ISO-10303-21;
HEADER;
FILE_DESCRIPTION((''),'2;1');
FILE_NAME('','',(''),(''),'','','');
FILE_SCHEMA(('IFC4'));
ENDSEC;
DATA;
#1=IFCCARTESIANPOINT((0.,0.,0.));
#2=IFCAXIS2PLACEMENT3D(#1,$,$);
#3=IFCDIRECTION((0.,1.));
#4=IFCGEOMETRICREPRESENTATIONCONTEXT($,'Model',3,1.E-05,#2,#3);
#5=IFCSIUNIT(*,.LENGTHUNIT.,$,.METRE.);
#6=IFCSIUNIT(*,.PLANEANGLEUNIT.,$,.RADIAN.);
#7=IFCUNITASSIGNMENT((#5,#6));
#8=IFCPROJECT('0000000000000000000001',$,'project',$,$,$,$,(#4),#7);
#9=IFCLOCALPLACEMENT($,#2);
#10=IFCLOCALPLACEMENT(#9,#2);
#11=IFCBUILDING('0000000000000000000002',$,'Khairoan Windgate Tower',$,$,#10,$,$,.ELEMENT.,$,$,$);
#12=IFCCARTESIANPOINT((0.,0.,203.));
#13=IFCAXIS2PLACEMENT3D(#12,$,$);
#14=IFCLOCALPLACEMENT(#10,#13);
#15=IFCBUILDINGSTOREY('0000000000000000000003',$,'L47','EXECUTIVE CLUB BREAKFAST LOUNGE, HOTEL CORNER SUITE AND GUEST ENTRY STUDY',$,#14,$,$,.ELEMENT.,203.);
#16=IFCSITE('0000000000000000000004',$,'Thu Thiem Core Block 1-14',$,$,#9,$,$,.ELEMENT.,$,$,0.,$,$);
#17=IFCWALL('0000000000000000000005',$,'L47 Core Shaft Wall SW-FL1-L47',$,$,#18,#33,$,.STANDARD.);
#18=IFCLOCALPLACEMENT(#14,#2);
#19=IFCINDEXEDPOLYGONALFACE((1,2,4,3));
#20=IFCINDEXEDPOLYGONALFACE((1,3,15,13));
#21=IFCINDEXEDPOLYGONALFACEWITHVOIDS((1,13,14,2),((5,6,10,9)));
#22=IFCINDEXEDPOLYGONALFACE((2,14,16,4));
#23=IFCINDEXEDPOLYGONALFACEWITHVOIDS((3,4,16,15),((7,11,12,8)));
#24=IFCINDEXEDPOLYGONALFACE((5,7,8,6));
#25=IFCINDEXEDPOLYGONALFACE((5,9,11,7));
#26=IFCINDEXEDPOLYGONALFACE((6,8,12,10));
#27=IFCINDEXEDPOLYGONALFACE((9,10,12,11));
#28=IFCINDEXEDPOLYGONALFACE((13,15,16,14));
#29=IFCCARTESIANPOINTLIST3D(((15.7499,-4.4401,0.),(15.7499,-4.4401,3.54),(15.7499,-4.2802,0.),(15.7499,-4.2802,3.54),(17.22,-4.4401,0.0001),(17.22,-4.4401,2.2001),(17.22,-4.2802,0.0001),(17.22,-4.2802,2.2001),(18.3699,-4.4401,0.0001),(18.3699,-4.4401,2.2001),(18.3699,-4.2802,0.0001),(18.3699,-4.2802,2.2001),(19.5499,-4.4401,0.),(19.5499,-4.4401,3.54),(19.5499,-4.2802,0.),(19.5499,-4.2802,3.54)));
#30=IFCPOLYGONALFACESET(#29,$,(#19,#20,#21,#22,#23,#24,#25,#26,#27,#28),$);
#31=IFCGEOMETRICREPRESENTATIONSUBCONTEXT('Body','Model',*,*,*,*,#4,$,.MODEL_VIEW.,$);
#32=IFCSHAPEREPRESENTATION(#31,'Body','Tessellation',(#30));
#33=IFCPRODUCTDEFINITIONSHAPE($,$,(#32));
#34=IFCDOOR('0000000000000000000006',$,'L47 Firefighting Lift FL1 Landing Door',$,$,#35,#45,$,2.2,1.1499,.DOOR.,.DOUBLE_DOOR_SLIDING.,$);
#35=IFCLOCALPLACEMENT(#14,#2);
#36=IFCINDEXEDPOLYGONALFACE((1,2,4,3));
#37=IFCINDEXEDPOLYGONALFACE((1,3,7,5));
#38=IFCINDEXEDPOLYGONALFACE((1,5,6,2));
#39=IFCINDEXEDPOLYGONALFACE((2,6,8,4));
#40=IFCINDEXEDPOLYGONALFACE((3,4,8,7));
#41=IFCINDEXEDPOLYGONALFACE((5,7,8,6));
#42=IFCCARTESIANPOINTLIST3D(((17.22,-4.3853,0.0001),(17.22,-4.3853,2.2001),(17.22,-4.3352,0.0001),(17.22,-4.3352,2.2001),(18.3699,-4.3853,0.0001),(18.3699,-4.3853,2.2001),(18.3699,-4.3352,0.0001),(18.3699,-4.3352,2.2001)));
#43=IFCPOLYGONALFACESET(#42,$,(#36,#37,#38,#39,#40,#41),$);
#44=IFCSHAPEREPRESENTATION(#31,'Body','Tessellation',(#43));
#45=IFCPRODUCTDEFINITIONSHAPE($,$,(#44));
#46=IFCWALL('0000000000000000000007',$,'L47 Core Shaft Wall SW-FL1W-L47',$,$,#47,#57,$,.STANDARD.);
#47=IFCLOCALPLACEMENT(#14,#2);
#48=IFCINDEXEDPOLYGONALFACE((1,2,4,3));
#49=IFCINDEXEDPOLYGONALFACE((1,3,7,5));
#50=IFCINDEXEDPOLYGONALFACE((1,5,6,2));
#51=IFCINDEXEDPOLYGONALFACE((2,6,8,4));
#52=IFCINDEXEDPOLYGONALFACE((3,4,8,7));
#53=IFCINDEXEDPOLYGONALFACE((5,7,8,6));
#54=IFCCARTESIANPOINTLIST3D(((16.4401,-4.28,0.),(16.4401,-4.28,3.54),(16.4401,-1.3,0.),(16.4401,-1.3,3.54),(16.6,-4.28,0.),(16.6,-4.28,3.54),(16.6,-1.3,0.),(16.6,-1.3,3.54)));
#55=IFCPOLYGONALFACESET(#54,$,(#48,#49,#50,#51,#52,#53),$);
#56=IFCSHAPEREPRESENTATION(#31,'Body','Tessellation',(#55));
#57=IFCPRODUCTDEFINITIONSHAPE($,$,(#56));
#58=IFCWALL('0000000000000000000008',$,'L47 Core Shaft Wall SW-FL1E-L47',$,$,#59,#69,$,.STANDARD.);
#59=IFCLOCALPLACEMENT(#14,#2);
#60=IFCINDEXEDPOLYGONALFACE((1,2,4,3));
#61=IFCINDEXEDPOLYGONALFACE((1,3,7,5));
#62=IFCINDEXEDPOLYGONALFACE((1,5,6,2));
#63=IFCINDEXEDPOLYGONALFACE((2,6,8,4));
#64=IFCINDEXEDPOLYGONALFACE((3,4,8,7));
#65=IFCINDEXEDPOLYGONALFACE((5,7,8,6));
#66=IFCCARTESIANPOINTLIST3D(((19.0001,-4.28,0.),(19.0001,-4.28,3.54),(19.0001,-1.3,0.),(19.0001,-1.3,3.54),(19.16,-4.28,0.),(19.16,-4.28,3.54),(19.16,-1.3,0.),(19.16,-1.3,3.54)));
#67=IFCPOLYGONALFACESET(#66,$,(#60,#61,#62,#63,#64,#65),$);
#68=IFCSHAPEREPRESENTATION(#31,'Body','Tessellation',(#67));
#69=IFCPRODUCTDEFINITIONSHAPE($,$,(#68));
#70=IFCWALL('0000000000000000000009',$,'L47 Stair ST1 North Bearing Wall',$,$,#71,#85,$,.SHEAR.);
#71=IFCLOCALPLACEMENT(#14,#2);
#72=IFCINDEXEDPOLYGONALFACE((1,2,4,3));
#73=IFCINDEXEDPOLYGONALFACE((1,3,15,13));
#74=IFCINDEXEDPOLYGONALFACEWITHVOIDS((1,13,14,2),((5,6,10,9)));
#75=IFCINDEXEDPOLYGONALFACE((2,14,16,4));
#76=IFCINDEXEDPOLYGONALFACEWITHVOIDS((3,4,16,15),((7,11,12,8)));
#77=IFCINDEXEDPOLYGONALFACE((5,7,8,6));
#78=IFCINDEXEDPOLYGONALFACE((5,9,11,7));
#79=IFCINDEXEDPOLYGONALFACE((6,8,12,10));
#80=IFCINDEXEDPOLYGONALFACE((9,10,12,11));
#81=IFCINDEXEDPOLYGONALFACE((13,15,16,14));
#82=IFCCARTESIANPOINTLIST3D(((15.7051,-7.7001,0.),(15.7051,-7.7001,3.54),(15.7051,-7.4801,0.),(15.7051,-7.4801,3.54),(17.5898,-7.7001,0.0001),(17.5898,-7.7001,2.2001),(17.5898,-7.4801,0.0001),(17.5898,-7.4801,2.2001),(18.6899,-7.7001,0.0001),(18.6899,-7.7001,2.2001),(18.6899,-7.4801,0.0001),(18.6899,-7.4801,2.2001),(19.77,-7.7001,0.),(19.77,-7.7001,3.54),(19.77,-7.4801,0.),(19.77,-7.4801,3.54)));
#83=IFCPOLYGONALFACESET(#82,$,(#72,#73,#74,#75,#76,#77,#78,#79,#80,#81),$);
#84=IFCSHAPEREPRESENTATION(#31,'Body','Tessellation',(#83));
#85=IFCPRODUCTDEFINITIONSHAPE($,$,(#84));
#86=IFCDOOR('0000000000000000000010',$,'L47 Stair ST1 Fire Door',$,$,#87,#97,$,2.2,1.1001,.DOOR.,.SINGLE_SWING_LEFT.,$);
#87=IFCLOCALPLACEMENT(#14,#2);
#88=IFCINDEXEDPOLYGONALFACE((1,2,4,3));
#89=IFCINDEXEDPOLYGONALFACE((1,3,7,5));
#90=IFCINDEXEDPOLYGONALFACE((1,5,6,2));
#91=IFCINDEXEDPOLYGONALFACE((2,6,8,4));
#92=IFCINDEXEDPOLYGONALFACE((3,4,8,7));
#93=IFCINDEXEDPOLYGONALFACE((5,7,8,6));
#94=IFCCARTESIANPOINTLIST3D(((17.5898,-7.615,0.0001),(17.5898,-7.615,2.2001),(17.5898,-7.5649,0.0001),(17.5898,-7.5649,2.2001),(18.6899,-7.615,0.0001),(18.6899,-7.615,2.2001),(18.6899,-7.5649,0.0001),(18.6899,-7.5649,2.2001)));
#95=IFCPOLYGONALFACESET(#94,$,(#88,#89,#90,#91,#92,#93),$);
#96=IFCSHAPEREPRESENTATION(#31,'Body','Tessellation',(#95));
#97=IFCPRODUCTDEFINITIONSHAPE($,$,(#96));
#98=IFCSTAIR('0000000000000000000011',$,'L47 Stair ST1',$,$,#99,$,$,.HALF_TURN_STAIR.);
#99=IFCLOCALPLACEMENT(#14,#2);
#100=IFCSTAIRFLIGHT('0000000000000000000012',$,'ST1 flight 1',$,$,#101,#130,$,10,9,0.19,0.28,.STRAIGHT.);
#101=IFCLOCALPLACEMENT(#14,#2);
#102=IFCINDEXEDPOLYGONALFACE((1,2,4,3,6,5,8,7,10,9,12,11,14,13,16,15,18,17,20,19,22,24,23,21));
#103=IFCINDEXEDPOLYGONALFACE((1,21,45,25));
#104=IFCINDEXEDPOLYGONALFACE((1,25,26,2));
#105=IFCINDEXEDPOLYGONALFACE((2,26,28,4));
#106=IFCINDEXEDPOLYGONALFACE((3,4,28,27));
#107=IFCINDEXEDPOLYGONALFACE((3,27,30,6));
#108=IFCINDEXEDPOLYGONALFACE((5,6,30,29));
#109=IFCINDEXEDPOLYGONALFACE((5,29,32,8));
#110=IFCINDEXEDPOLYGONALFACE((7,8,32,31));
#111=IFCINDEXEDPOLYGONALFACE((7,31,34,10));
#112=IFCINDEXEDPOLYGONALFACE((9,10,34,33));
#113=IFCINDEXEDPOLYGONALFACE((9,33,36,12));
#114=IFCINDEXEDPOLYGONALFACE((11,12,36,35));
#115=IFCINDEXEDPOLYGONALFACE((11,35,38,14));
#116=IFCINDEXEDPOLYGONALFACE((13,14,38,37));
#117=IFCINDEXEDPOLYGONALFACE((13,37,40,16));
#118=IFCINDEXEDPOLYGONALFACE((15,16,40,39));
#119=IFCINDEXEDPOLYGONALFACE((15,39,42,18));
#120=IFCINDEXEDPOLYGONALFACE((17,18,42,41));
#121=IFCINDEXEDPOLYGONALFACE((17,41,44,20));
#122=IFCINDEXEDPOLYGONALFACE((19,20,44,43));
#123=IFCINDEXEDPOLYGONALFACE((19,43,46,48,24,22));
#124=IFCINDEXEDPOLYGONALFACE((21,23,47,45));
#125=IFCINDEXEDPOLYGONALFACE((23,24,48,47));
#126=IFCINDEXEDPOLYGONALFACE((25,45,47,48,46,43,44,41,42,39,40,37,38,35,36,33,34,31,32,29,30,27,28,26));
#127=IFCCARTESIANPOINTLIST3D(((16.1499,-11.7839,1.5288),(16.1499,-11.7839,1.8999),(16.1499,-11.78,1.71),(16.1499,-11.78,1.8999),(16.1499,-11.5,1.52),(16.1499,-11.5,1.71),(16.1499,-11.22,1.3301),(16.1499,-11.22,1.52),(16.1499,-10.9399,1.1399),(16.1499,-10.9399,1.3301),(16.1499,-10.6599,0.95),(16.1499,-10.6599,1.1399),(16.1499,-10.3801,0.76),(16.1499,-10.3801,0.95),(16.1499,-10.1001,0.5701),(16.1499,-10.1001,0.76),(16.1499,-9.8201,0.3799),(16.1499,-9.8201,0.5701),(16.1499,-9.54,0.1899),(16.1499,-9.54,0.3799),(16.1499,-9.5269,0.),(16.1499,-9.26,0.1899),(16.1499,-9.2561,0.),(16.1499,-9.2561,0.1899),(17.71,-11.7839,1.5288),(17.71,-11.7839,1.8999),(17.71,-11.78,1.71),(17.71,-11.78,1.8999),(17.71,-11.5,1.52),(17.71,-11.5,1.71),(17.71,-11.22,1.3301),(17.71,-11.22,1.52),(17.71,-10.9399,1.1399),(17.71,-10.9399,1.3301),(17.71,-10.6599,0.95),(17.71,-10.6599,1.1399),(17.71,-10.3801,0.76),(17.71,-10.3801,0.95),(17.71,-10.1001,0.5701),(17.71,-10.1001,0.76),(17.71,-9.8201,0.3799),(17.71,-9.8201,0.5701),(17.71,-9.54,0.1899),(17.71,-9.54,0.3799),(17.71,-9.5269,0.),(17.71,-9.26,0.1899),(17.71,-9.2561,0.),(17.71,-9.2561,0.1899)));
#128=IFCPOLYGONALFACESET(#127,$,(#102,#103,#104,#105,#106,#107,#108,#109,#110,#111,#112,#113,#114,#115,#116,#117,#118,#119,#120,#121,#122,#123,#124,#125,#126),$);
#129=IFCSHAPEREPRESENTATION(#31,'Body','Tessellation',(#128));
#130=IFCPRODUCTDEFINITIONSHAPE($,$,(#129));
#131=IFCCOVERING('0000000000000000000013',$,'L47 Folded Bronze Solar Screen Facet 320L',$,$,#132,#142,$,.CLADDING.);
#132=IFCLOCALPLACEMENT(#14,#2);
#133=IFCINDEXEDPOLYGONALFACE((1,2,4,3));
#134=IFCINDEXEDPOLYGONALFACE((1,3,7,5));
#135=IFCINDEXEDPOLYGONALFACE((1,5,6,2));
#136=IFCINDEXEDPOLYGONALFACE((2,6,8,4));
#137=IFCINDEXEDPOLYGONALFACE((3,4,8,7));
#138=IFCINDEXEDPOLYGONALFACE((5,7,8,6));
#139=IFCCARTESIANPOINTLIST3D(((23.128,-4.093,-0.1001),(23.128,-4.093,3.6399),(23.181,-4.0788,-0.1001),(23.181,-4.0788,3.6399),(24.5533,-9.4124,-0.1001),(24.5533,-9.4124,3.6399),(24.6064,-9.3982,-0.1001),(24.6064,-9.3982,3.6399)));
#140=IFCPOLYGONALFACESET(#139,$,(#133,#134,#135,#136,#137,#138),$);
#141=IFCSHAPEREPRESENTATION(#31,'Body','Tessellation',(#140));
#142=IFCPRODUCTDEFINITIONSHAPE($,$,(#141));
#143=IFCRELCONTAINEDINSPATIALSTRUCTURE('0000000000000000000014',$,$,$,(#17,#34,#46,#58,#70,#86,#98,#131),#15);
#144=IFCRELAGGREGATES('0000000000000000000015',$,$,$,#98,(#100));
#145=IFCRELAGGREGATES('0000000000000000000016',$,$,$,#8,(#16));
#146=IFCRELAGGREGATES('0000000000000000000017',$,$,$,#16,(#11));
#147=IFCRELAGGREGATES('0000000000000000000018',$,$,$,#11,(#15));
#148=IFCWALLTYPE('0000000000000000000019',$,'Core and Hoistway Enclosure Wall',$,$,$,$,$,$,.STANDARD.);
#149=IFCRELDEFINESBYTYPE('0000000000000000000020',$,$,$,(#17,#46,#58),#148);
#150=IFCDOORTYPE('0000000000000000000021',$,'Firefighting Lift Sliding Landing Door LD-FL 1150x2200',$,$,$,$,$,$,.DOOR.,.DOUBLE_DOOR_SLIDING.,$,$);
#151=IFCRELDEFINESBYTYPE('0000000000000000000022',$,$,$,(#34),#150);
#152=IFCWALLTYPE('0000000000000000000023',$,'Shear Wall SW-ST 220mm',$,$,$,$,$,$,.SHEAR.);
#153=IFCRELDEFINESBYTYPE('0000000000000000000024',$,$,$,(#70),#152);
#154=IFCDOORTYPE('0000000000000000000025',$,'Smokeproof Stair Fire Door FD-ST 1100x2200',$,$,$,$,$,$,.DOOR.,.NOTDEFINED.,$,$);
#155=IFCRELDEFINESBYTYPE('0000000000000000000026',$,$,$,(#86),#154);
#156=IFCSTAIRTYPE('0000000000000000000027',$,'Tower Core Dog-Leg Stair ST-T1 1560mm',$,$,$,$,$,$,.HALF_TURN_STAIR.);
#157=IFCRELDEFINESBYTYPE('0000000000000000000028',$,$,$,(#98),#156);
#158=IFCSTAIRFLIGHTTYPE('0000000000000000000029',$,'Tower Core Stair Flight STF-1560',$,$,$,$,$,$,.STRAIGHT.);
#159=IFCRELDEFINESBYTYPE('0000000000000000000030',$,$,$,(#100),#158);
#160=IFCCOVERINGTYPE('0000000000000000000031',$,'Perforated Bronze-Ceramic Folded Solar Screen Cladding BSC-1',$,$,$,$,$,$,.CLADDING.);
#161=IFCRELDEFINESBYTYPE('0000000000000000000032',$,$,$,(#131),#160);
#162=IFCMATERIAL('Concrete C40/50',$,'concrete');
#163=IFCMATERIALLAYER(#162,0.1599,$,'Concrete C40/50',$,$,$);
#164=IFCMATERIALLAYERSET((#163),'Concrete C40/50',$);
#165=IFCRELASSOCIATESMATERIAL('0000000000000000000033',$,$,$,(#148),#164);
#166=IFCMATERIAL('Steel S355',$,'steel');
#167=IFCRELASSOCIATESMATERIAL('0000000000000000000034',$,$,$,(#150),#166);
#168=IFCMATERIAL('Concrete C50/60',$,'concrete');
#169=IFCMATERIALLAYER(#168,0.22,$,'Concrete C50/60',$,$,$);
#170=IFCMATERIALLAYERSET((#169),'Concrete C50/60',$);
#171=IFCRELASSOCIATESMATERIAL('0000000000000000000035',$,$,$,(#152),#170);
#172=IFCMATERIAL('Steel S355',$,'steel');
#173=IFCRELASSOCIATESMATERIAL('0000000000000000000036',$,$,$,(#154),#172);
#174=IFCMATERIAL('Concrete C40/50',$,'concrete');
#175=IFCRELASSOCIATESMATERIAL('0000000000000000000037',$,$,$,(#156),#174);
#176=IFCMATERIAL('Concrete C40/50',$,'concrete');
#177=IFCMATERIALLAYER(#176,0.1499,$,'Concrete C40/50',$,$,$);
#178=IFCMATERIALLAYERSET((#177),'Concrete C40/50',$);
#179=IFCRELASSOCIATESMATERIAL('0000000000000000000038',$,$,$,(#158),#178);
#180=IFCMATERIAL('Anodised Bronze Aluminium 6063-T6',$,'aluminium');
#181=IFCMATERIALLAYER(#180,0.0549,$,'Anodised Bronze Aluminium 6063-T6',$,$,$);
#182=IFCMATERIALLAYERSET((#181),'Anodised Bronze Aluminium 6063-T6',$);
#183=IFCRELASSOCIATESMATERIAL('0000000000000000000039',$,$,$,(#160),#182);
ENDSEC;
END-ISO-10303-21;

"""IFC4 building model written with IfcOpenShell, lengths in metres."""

from ifc_helpers import new_model, si_unit, direction, frame, frame_2d, origin, origin_2d, place, context, subcontext, project, spatial, polyline, rectangle, outline, extrude, material, layer, layer_set, type_object, element, fill, aggregate, save


model = new_model("IFC4")

# Units and contexts
model_context = context("Model", 3, precision=1e-05, world=origin(), true_north=direction((0.0, 1.0)))
body_context = subcontext(model_context, "Body", "Model", "MODEL_VIEW")
ifc_project = project(units=[si_unit("LENGTHUNIT", "METRE"), si_unit("PLANEANGLEUNIT", "RADIAN")], contexts=[model_context])

# Site, building, storey
site_placement = place(None, origin())
site = spatial("IfcSite", under=ifc_project, at=site_placement, Name="Thu Thiem Core Block 1-14", CompositionType="ELEMENT", RefElevation=0.0)
building_placement = place(site_placement, origin())
building = spatial("IfcBuilding", under=site, at=building_placement, Name="Khairoan Windgate Tower", CompositionType="ELEMENT")
storey_placement = place(building_placement, frame((0.0, 0.0, 203.0)))
storey = spatial("IfcBuildingStorey", under=building, at=storey_placement, Name="L47", Description="EXECUTIVE CLUB BREAKFAST LOUNGE, HOTEL CORNER SUITE AND GUEST ENTRY STUDY", CompositionType="ELEMENT", Elevation=203.0)

# Shared definitions
ifc_material_1 = material(Name="Concrete C40/50", Category="concrete")
ifc_layer_1 = layer(ifc_material_1, 0.1599, Name="Concrete C40/50")
ifc_layer_set_1 = layer_set([ifc_layer_1], Name="Concrete C40/50")
wall_type_1 = type_object("IfcWallType", Name="Core and Hoistway Enclosure Wall", PredefinedType="STANDARD", material=ifc_layer_set_1)

# Wall, opening, door
wall_1_placement = place(storey_placement, frame((15.75, -4.3601, 0.0), z_axis=(0.0, 0.0, 1.0), x_axis=(1.0, 0.0, 0.0)))
wall_1 = element("IfcWall", 1, at=wall_1_placement, inside=storey, type_object=wall_type_1, Name="L47 Core Shaft Wall SW-FL1-L47", PredefinedType="STANDARD", context=body_context, shape_type="SweptSolid", body=[
    extrude(rectangle(XDim=3.8, YDim=0.1599, at=frame_2d((1.8999, 0.0))), origin(), (0.0, 0.0, 1.0), 3.54),
])
opening_1_placement = place(wall_1_placement, frame((1.47, 0.0, 0.0)))
opening_1 = element("IfcOpeningElement", 2, at=opening_1_placement, cuts=wall_1, PredefinedType="OPENING", context=body_context, shape_type="SweptSolid", body=[
    extrude(rectangle(XDim=1.1499, YDim=2.2, at=frame_2d((0.575, 1.1001))), frame((0.0, 0.0898, 0.0), z_axis=(0.0, -1.0, 0.0), x_axis=(1.0, 0.0, 0.0)), (0.0, 0.0, 1.0), 0.1799),
])
ifc_material_2 = material(Name="Steel S355", Category="steel")
door_type_1 = type_object("IfcDoorType", Name="Firefighting Lift Sliding Landing Door LD-FL 1150x2200", OperationType="DOUBLE_DOOR_SLIDING", PredefinedType="DOOR", material=ifc_material_2)
door_1_placement = place(opening_1_placement, origin())
door_1 = element("IfcDoor", 3, at=door_1_placement, inside=storey, type_object=door_type_1, Name="L47 Firefighting Lift FL1 Landing Door", OperationType="DOUBLE_DOOR_SLIDING", OverallHeight=2.2, OverallWidth=1.1499, PredefinedType="DOOR", context=body_context, shape_type="SweptSolid", body=[
    extrude(rectangle(XDim=1.1499, YDim=2.2, at=frame_2d((0.575, 1.1001))), frame((0.0, 0.0249, 0.0), z_axis=(0.0, -1.0, 0.0), x_axis=(1.0, 0.0, 0.0)), (0.0, 0.0, 1.0), 0.05),
])
fill(opening_1, door_1)

# Walls
for number, where, z_axis, x_axis, name in (
    (4, (16.52, -4.28, 0.0), (0.0, 0.0, 1.0), (0.0, 1.0, 0.0), "L47 Core Shaft Wall SW-FL1W-L47"),
    (5, (19.0801, -4.28, 0.0), (0.0, 0.0, 1.0), (0.0, 1.0, 0.0), "L47 Core Shaft Wall SW-FL1E-L47"),
):
    element("IfcWall", number, at=place(storey_placement, frame(where, z_axis=z_axis, x_axis=x_axis)), inside=storey, type_object=wall_type_1, Name=name, PredefinedType="STANDARD", context=body_context, shape_type="SweptSolid", body=[
        extrude(rectangle(XDim=2.98, YDim=0.1599, at=frame_2d((1.49, 0.0))), origin(), (0.0, 0.0, 1.0), 3.54),
    ])

# Wall, opening, door
ifc_material_3 = material(Name="Concrete C50/60", Category="concrete")
ifc_layer_2 = layer(ifc_material_3, 0.22, Name="Concrete C50/60")
ifc_layer_set_2 = layer_set([ifc_layer_2], Name="Concrete C50/60")
wall_type_2 = type_object("IfcWallType", Name="Shear Wall SW-ST 220mm", PredefinedType="SHEAR", material=ifc_layer_set_2)
wall_2_placement = place(storey_placement, frame((19.77, -7.5901, 0.0), z_axis=(0.0, 0.0, 1.0), x_axis=(-1.0, 0.0, 0.0)))
wall_2 = element("IfcWall", 6, at=wall_2_placement, inside=storey, type_object=wall_type_2, Name="L47 Stair ST1 North Bearing Wall", PredefinedType="SHEAR", context=body_context, shape_type="SweptSolid", body=[
    extrude(rectangle(XDim=4.0649, YDim=0.22, at=frame_2d((2.0325, 0.0))), origin(), (0.0, 0.0, 1.0), 3.54),
])
opening_2_placement = place(wall_2_placement, frame((1.0801, 0.0, 0.0)))
opening_2 = element("IfcOpeningElement", 7, at=opening_2_placement, cuts=wall_2, PredefinedType="OPENING", context=body_context, shape_type="SweptSolid", body=[
    extrude(rectangle(XDim=1.1001, YDim=2.2, at=frame_2d((0.55, 1.1001))), frame((0.0, 0.1199, 0.0), z_axis=(0.0, -1.0, 0.0), x_axis=(1.0, 0.0, 0.0)), (0.0, 0.0, 1.0), 0.24),
])
ifc_material_4 = material(Name="Steel S355", Category="steel")
door_type_2 = type_object("IfcDoorType", Name="Smokeproof Stair Fire Door FD-ST 1100x2200", OperationType="NOTDEFINED", PredefinedType="DOOR", material=ifc_material_4)
door_2_placement = place(opening_2_placement, origin())
door_2 = element("IfcDoor", 8, at=door_2_placement, inside=storey, type_object=door_type_2, Name="L47 Stair ST1 Fire Door", OperationType="SINGLE_SWING_LEFT", OverallHeight=2.2, OverallWidth=1.1001, PredefinedType="DOOR", context=body_context, shape_type="SweptSolid", body=[
    extrude(rectangle(XDim=1.1001, YDim=2.2, at=frame_2d((0.55, 1.1001))), frame((0.0, 0.0249, 0.0), z_axis=(0.0, -1.0, 0.0), x_axis=(1.0, 0.0, 0.0)), (0.0, 0.0, 1.0), 0.05),
])
fill(opening_2, door_2)

# Stair, stair flight
ifc_material_5 = material(Name="Concrete C40/50", Category="concrete")
stair_type = type_object("IfcStairType", Name="Tower Core Dog-Leg Stair ST-T1 1560mm", PredefinedType="HALF_TURN_STAIR", material=ifc_material_5)
stair_placement = place(storey_placement, origin())
stair = element("IfcStair", 9, at=stair_placement, inside=storey, type_object=stair_type, Name="L47 Stair ST1", PredefinedType="HALF_TURN_STAIR")
ifc_material_6 = material(Name="Concrete C40/50", Category="concrete")
ifc_layer_3 = layer(ifc_material_6, 0.1499, Name="Concrete C40/50")
ifc_layer_set_3 = layer_set([ifc_layer_3], Name="Concrete C40/50")
stair_flight_type = type_object("IfcStairFlightType", Name="Tower Core Stair Flight STF-1560", PredefinedType="STRAIGHT", material=ifc_layer_set_3)
stair_flight_placement = place(storey_placement, frame((16.9299, -9.26, 0.0), z_axis=(0.0, 0.0, 1.0), x_axis=(0.0, -1.0, 0.0)))
stair_flight = element("IfcStairFlight", 10, at=stair_flight_placement, type_object=stair_flight_type, Name="ST1 flight 1", NumberOfRisers=10, NumberOfTreads=9, PredefinedType="STRAIGHT", RiserHeight=0.19, TreadLength=0.28, context=body_context, shape_type="SweptSolid", body=[
    extrude(outline(polyline([(-0.0039, 0.0), (-0.0039, 0.1899), (0.0, 0.1899), (0.28, 0.1899), (0.28, 0.3799), (0.5601, 0.3799), (0.5601, 0.5701), (0.8401, 0.5701), (0.8401, 0.76), (1.1201, 0.76), (1.1201, 0.95), (1.3999, 0.95), (1.3999, 1.1399), (1.6799, 1.1399), (1.6799, 1.3301), (1.96, 1.3301), (1.96, 1.52), (2.24, 1.52), (2.24, 1.71), (2.52, 1.71), (2.52, 1.8999), (2.5239, 1.8999), (2.5239, 1.5288), (0.2668, 0.0), (-0.0039, 0.0)])), frame((0.0, 0.78, 0.0), z_axis=(0.0, -1.0, 0.0), x_axis=(1.0, 0.0, 0.0)), (0.0, 0.0, 1.0), 1.5601),
])
aggregate(stair, [stair_flight])

# Covering
ifc_material_7 = material(Name="Anodised Bronze Aluminium 6063-T6", Category="aluminium")
ifc_layer_4 = layer(ifc_material_7, 0.0549, Name="Anodised Bronze Aluminium 6063-T6")
ifc_layer_set_4 = layer_set([ifc_layer_4], Name="Anodised Bronze Aluminium 6063-T6")
covering_type = type_object("IfcCoveringType", Name="Perforated Bronze-Ceramic Folded Solar Screen Cladding BSC-1", PredefinedType="CLADDING", material=ifc_layer_set_4)
covering_placement = place(storey_placement, frame((23.8672, -6.7456, -0.1001), z_axis=(0.0, 0.0, 1.0), x_axis=(0.258819, -0.965926, 0.0)))
element("IfcCovering", 11, at=covering_placement, inside=storey, type_object=covering_type, Name="L47 Folded Bronze Solar Screen Facet 320L", PredefinedType="CLADDING", context=body_context, shape_type="SweptSolid", body=[
    extrude(rectangle(XDim=5.5071, YDim=0.0549, at=origin_2d()), origin(), (0.0, 0.0, 1.0), 3.74),
])

save(model, "model.ifc")
